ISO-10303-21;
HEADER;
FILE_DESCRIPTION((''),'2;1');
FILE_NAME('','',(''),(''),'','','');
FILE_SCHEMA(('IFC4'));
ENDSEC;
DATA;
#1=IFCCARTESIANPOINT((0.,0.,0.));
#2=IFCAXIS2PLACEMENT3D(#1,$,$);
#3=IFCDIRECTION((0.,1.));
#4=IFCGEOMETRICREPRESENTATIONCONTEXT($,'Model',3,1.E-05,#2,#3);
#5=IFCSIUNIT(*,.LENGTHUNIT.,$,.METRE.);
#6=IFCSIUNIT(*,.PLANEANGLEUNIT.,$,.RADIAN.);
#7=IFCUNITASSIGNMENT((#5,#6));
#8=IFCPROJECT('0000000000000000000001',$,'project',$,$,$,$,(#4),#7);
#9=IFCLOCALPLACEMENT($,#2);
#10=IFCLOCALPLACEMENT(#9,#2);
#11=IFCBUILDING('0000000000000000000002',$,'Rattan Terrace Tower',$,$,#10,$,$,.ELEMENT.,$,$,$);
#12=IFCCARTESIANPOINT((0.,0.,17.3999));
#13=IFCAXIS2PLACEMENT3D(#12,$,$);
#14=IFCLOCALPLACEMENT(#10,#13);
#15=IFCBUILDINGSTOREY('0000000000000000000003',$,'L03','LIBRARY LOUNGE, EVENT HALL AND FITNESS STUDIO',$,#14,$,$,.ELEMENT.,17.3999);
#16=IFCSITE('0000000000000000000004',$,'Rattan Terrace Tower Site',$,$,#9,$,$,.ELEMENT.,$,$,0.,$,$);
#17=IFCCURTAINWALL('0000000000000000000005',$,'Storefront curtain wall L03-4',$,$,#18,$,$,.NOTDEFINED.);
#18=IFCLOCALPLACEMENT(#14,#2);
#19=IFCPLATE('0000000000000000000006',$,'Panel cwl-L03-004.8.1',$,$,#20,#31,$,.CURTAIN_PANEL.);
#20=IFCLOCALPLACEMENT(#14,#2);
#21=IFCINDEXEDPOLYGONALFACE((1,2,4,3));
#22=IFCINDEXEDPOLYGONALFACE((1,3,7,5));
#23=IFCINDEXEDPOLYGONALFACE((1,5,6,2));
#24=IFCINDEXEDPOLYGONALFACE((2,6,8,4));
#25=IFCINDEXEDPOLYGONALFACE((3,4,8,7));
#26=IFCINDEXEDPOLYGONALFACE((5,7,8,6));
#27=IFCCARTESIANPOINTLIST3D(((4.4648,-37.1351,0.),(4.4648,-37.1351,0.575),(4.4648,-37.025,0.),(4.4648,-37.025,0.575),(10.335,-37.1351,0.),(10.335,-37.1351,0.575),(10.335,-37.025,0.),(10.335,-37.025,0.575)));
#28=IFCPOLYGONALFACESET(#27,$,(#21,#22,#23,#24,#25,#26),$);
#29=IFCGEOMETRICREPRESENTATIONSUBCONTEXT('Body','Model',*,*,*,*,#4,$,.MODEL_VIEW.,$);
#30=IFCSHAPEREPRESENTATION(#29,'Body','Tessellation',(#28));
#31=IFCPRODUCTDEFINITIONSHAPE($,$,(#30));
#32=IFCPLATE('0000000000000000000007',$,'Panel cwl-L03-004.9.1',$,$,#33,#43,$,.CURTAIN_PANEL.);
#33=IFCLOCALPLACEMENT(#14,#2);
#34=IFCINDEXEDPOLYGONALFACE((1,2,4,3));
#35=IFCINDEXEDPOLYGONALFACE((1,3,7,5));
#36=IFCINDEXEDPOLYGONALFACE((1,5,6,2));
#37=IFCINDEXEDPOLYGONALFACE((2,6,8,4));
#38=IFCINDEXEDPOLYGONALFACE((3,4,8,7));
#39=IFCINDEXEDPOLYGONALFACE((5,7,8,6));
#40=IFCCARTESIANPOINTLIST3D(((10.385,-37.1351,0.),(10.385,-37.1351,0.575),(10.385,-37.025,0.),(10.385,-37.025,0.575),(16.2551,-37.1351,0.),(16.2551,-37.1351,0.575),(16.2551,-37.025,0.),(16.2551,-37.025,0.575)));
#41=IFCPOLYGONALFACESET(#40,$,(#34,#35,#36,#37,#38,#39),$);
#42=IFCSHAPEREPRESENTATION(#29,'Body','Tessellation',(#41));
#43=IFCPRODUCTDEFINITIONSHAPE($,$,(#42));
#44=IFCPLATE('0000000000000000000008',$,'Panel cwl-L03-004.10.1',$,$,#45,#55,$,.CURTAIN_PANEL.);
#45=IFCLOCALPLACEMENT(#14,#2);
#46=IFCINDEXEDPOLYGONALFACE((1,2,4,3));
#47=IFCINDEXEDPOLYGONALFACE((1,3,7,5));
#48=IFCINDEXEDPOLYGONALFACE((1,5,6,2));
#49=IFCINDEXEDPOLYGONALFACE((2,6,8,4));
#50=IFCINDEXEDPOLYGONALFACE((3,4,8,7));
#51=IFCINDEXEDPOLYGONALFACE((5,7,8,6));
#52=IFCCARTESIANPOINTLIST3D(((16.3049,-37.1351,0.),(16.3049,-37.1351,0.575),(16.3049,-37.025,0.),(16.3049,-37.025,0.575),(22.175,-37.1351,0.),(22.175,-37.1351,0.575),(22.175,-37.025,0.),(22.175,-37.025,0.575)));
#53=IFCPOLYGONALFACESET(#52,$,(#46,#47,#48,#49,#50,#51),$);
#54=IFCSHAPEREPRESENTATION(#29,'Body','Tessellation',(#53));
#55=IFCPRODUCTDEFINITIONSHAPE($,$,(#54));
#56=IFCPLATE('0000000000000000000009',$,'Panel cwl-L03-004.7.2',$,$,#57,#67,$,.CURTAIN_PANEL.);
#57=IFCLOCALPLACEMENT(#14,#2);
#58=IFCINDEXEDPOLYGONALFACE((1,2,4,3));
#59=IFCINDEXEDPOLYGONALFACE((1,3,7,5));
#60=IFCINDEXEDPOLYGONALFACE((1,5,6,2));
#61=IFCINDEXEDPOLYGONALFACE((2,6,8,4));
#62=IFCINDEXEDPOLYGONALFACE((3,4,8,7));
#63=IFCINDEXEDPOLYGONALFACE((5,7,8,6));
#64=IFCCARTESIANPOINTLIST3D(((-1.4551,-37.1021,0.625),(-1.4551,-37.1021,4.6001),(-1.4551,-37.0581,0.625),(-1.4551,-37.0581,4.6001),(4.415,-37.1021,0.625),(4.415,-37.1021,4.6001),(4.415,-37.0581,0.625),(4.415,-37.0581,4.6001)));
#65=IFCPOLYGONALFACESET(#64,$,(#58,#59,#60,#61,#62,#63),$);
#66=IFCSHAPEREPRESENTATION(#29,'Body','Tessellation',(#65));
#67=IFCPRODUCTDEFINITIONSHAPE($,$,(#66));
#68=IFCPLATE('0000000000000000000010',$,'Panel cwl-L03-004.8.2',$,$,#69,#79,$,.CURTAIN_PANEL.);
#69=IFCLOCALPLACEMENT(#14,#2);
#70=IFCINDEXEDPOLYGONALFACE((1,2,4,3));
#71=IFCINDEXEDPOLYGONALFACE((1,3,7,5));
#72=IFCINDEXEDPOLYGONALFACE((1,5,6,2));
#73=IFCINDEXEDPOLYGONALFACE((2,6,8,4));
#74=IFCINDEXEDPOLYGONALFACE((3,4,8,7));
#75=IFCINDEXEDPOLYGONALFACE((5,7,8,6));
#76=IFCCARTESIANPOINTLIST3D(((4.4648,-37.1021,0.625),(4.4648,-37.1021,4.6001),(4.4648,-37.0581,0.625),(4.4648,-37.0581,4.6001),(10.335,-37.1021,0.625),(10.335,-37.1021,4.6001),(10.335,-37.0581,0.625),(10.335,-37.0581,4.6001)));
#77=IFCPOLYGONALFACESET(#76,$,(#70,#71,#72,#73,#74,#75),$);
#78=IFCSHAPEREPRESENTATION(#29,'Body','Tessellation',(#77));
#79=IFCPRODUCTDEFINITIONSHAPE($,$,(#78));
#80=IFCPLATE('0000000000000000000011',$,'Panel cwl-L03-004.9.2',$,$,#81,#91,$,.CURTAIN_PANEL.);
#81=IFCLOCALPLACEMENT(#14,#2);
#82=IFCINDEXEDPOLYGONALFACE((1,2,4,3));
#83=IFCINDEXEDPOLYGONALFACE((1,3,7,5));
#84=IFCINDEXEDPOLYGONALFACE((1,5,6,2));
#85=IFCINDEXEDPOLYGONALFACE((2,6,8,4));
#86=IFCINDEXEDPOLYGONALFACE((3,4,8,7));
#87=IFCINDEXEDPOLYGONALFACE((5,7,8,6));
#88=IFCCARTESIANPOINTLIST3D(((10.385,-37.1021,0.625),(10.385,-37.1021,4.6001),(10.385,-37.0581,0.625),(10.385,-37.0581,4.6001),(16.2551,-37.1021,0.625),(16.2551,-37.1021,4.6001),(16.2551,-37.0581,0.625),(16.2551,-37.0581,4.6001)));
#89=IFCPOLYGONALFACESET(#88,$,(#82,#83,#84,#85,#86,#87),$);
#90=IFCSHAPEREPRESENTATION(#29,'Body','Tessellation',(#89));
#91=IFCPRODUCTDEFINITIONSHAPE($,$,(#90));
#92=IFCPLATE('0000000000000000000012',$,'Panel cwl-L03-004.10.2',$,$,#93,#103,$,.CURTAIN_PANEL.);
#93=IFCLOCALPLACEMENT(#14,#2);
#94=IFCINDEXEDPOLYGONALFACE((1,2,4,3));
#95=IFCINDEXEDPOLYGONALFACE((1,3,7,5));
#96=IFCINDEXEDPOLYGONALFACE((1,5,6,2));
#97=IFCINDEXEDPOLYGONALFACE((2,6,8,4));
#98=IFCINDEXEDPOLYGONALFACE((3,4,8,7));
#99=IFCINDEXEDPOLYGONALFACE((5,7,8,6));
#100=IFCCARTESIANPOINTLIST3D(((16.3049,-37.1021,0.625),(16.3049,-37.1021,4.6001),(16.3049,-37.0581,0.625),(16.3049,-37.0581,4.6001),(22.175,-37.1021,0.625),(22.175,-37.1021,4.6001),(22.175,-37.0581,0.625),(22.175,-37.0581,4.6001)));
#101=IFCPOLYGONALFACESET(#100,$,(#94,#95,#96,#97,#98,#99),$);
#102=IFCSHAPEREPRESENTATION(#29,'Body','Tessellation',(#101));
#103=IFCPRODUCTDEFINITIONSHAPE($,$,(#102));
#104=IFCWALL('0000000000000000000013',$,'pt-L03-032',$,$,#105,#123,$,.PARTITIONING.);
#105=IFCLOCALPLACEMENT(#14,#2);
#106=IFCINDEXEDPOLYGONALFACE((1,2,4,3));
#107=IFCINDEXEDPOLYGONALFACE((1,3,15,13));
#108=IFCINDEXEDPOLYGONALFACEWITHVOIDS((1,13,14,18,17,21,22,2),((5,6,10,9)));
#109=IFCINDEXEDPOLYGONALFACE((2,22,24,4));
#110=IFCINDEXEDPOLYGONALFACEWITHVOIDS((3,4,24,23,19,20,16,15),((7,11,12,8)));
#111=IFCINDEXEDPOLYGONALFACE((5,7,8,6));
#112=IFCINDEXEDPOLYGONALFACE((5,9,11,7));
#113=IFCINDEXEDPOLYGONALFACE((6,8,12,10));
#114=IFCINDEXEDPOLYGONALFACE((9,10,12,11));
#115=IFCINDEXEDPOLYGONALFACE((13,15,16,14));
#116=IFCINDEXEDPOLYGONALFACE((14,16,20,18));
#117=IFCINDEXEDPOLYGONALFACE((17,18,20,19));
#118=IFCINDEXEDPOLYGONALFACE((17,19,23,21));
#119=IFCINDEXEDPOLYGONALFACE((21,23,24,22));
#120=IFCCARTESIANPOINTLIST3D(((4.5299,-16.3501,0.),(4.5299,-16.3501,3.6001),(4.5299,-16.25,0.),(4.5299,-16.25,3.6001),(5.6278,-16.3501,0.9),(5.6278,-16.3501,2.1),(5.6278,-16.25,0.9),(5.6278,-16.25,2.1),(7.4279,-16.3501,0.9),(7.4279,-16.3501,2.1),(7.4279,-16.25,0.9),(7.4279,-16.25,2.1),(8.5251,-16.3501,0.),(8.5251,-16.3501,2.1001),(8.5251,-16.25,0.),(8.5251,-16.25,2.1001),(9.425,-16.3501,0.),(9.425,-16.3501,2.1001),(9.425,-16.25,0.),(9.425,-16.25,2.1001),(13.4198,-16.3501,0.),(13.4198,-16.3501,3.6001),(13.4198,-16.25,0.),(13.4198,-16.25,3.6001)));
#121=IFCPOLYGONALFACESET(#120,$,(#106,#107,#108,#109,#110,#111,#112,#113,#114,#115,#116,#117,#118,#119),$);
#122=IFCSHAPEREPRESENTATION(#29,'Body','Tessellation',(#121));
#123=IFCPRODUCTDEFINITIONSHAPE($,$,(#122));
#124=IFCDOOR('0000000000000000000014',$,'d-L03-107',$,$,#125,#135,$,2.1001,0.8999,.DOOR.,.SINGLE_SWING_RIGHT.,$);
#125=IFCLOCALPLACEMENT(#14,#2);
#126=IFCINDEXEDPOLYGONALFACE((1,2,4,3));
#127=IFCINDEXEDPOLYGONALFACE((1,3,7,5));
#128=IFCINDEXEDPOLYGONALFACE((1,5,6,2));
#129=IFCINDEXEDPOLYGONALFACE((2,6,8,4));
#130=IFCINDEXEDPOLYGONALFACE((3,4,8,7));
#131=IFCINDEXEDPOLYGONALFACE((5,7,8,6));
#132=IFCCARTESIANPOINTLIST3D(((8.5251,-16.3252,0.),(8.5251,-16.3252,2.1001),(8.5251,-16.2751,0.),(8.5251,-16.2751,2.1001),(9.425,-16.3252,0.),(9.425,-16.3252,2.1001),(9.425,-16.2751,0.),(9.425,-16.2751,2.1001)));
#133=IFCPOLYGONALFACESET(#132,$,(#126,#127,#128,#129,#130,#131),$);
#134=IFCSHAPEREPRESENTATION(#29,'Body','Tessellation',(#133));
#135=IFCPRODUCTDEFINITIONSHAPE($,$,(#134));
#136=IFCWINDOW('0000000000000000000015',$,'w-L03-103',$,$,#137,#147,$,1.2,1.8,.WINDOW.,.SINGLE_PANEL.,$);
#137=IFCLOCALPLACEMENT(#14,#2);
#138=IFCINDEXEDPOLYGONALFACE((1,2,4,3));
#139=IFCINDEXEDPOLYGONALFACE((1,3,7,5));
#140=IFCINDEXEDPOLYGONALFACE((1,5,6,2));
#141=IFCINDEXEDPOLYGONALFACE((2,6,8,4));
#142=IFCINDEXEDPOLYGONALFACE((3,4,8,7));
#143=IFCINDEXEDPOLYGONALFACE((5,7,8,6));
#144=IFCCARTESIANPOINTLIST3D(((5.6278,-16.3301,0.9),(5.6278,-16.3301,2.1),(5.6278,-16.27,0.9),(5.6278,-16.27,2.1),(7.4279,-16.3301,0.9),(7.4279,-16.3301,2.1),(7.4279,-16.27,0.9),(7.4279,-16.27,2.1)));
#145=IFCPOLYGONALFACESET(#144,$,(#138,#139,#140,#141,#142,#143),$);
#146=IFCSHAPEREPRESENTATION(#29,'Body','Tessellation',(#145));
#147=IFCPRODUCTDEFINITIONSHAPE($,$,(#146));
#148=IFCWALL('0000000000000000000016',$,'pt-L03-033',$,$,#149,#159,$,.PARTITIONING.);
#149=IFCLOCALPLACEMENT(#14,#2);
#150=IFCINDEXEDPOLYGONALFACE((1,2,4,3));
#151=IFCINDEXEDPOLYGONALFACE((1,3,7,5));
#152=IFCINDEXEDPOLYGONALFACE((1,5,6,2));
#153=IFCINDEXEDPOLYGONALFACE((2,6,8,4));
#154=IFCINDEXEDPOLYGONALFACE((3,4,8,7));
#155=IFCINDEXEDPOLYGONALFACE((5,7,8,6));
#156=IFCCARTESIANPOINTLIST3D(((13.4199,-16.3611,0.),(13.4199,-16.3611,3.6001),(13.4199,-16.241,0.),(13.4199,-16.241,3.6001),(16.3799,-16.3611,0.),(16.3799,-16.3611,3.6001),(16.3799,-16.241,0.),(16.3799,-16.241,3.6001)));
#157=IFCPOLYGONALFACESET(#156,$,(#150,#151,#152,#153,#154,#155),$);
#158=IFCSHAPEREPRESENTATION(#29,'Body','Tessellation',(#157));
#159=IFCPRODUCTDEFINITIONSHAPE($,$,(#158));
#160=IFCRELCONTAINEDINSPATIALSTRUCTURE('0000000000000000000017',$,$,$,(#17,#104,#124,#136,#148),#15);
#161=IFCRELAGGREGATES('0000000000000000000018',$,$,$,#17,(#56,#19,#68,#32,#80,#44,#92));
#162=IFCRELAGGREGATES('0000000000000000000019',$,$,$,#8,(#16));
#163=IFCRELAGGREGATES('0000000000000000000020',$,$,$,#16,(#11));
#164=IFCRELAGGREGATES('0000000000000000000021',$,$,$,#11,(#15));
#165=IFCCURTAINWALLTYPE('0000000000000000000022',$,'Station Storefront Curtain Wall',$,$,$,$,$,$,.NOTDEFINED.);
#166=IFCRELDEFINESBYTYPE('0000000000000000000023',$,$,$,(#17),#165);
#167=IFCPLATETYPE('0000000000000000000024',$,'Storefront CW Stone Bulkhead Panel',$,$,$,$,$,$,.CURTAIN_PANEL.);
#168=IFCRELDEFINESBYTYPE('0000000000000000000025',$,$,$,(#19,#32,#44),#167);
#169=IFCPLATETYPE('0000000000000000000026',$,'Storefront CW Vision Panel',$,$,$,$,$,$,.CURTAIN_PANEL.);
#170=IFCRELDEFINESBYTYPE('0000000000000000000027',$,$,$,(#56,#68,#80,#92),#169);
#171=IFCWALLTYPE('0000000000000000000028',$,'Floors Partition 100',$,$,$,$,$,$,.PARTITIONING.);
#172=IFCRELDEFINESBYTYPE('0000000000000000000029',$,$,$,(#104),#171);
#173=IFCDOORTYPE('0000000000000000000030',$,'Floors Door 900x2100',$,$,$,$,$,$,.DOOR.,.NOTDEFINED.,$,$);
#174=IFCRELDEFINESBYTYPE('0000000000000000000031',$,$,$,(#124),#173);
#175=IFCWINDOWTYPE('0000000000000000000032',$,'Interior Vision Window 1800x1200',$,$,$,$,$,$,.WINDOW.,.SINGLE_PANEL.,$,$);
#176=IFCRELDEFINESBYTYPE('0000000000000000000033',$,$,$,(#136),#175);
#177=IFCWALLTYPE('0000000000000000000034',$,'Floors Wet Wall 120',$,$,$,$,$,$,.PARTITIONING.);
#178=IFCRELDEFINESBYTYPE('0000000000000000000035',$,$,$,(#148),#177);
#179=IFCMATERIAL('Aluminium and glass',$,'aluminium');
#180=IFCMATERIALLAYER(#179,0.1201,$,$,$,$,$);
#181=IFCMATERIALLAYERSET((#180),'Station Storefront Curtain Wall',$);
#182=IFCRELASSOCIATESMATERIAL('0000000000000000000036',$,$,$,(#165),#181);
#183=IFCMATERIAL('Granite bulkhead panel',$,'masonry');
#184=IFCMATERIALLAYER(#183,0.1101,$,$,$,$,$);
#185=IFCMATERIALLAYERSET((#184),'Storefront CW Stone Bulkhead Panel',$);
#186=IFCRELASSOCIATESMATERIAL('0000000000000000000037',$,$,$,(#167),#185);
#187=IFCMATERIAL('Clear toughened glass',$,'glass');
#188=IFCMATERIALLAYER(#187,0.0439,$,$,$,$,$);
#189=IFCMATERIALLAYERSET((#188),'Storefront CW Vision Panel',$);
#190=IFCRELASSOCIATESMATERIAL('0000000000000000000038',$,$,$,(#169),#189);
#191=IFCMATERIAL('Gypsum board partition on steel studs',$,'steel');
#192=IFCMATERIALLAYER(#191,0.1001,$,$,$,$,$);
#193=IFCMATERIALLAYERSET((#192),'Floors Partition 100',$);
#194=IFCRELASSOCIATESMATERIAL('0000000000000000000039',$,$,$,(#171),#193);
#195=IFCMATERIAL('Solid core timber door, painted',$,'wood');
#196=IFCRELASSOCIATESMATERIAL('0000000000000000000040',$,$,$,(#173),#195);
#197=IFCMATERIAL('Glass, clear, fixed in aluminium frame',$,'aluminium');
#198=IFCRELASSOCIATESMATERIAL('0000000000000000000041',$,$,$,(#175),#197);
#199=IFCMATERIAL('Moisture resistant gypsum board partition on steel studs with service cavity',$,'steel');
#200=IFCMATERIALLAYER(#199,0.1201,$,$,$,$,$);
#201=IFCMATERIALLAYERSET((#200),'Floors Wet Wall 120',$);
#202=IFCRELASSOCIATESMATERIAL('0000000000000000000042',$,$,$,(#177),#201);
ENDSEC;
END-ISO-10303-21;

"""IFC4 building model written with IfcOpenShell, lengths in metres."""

from ifc_helpers import new_model, si_unit, direction, frame, frame_2d, origin, origin_2d, place, context, subcontext, project, spatial, rectangle, extrude, material, layer, layer_set, type_object, element, fill, aggregate, save


model = new_model("IFC4")

# Units and contexts
model_context = context("Model", 3, precision=1e-05, world=origin(), true_north=direction((0.0, 1.0)))
body_context = subcontext(model_context, "Body", "Model", "MODEL_VIEW")
ifc_project = project(units=[si_unit("LENGTHUNIT", "METRE"), si_unit("PLANEANGLEUNIT", "RADIAN")], contexts=[model_context])

# Site, building, storey
site_placement = place(None, origin())
site = spatial("IfcSite", under=ifc_project, at=site_placement, Name="Rattan Terrace Tower Site", CompositionType="ELEMENT", RefElevation=0.0)
building_placement = place(site_placement, origin())
building = spatial("IfcBuilding", under=site, at=building_placement, Name="Rattan Terrace Tower", CompositionType="ELEMENT")
storey_placement = place(building_placement, frame((0.0, 0.0, 17.3999)))
storey = spatial("IfcBuildingStorey", under=building, at=storey_placement, Name="L03", Description="LIBRARY LOUNGE, EVENT HALL AND FITNESS STUDIO", CompositionType="ELEMENT", Elevation=17.3999)

# Curtain wall, plates
ifc_material_1 = material(Name="Aluminium and glass", Category="aluminium")
ifc_layer_1 = layer(ifc_material_1, 0.1201)
ifc_layer_set_1 = layer_set([ifc_layer_1], Name="Station Storefront Curtain Wall")
curtain_wall_type = type_object("IfcCurtainWallType", Name="Station Storefront Curtain Wall", PredefinedType="NOTDEFINED", material=ifc_layer_set_1)
curtain_wall_placement = place(storey_placement, origin())
curtain_wall = element("IfcCurtainWall", 1, at=curtain_wall_placement, inside=storey, type_object=curtain_wall_type, Name="Storefront curtain wall L03-4", PredefinedType="NOTDEFINED")
ifc_material_2 = material(Name="Granite bulkhead panel", Category="masonry")
ifc_layer_2 = layer(ifc_material_2, 0.1101)
ifc_layer_set_2 = layer_set([ifc_layer_2], Name="Storefront CW Stone Bulkhead Panel")
plate_type_1 = type_object("IfcPlateType", Name="Storefront CW Stone Bulkhead Panel", PredefinedType="CURTAIN_PANEL", material=ifc_layer_set_2)
plate_1_placement = place(storey_placement, frame((7.3999, -37.0801, 0.0), z_axis=(0.0, 0.0, 1.0), x_axis=(1.0, 0.0, 0.0)))
plate_1 = element("IfcPlate", 2, at=plate_1_placement, type_object=plate_type_1, Name="Panel cwl-L03-004.8.1", PredefinedType="CURTAIN_PANEL", context=body_context, shape_type="SweptSolid", body=[
    extrude(rectangle(XDim=5.8701, YDim=0.1101, at=origin_2d()), origin(), (0.0, 0.0, 1.0), 0.575),
])
plate_2_placement = place(storey_placement, frame((13.3201, -37.0801, 0.0), z_axis=(0.0, 0.0, 1.0), x_axis=(1.0, 0.0, 0.0)))
plate_2 = element("IfcPlate", 3, at=plate_2_placement, type_object=plate_type_1, Name="Panel cwl-L03-004.9.1", PredefinedType="CURTAIN_PANEL", context=body_context, shape_type="SweptSolid", body=[
    extrude(rectangle(XDim=5.8701, YDim=0.1101, at=origin_2d()), origin(), (0.0, 0.0, 1.0), 0.575),
])
plate_3_placement = place(storey_placement, frame((19.24, -37.0801, 0.0), z_axis=(0.0, 0.0, 1.0), x_axis=(1.0, 0.0, 0.0)))
plate_3 = element("IfcPlate", 4, at=plate_3_placement, type_object=plate_type_1, Name="Panel cwl-L03-004.10.1", PredefinedType="CURTAIN_PANEL", context=body_context, shape_type="SweptSolid", body=[
    extrude(rectangle(XDim=5.8701, YDim=0.1101, at=origin_2d()), origin(), (0.0, 0.0, 1.0), 0.575),
])
ifc_material_3 = material(Name="Clear toughened glass", Category="glass")
ifc_layer_3 = layer(ifc_material_3, 0.0439)
ifc_layer_set_3 = layer_set([ifc_layer_3], Name="Storefront CW Vision Panel")
plate_type_2 = type_object("IfcPlateType", Name="Storefront CW Vision Panel", PredefinedType="CURTAIN_PANEL", material=ifc_layer_set_3)
plate_4_placement = place(storey_placement, frame((1.48, -37.0801, 0.625), z_axis=(0.0, 0.0, 1.0), x_axis=(1.0, 0.0, 0.0)))
plate_4 = element("IfcPlate", 5, at=plate_4_placement, type_object=plate_type_2, Name="Panel cwl-L03-004.7.2", PredefinedType="CURTAIN_PANEL", context=body_context, shape_type="SweptSolid", body=[
    extrude(rectangle(XDim=5.8701, YDim=0.0439, at=origin_2d()), origin(), (0.0, 0.0, 1.0), 3.9751),
])
plate_5_placement = place(storey_placement, frame((7.3999, -37.0801, 0.625), z_axis=(0.0, 0.0, 1.0), x_axis=(1.0, 0.0, 0.0)))
plate_5 = element("IfcPlate", 6, at=plate_5_placement, type_object=plate_type_2, Name="Panel cwl-L03-004.8.2", PredefinedType="CURTAIN_PANEL", context=body_context, shape_type="SweptSolid", body=[
    extrude(rectangle(XDim=5.8701, YDim=0.0439, at=origin_2d()), origin(), (0.0, 0.0, 1.0), 3.9751),
])
plate_6_placement = place(storey_placement, frame((13.3201, -37.0801, 0.625), z_axis=(0.0, 0.0, 1.0), x_axis=(1.0, 0.0, 0.0)))
plate_6 = element("IfcPlate", 7, at=plate_6_placement, type_object=plate_type_2, Name="Panel cwl-L03-004.9.2", PredefinedType="CURTAIN_PANEL", context=body_context, shape_type="SweptSolid", body=[
    extrude(rectangle(XDim=5.8701, YDim=0.0439, at=origin_2d()), origin(), (0.0, 0.0, 1.0), 3.9751),
])
plate_7_placement = place(storey_placement, frame((19.24, -37.0801, 0.625), z_axis=(0.0, 0.0, 1.0), x_axis=(1.0, 0.0, 0.0)))
plate_7 = element("IfcPlate", 8, at=plate_7_placement, type_object=plate_type_2, Name="Panel cwl-L03-004.10.2", PredefinedType="CURTAIN_PANEL", context=body_context, shape_type="SweptSolid", body=[
    extrude(rectangle(XDim=5.8701, YDim=0.0439, at=origin_2d()), origin(), (0.0, 0.0, 1.0), 3.9751),
])
aggregate(curtain_wall, [plate_4, plate_1, plate_5, plate_2, plate_6, plate_3, plate_7])

# Wall, openings, door, window
ifc_material_4 = material(Name="Gypsum board partition on steel studs", Category="steel")
ifc_layer_4 = layer(ifc_material_4, 0.1001)
ifc_layer_set_4 = layer_set([ifc_layer_4], Name="Floors Partition 100")
wall_type_1 = type_object("IfcWallType", Name="Floors Partition 100", PredefinedType="PARTITIONING", material=ifc_layer_set_4)
wall_1_placement = place(storey_placement, frame((4.53, -16.3, 0.0), z_axis=(0.0, 0.0, 1.0), x_axis=(1.0, 0.0, 0.0)))
wall_1 = element("IfcWall", 9, at=wall_1_placement, inside=storey, type_object=wall_type_1, Name="pt-L03-032", PredefinedType="PARTITIONING", context=body_context, shape_type="SweptSolid", body=[
    extrude(rectangle(XDim=8.8899, YDim=0.1001, at=frame_2d((4.4448, 0.0))), origin(), (0.0, 0.0, 1.0), 3.6001),
])
opening_1_placement = place(wall_1_placement, frame((3.9951, 0.0, 0.0)))
opening_1 = element("IfcOpeningElement", 10, at=opening_1_placement, cuts=wall_1, PredefinedType="OPENING", context=body_context, shape_type="SweptSolid", body=[
    extrude(rectangle(XDim=0.8999, YDim=2.1001, at=frame_2d((0.45, 1.05))), frame((0.0, 0.0605, 0.0), z_axis=(0.0, -1.0, 0.0), x_axis=(1.0, 0.0, 0.0)), (0.0, 0.0, 1.0), 0.1211),
])
opening_2_placement = place(wall_1_placement, frame((1.0979, 0.0, 0.8999)))
opening_2 = element("IfcOpeningElement", 11, at=opening_2_placement, cuts=wall_1, PredefinedType="OPENING", context=body_context, shape_type="SweptSolid", body=[
    extrude(rectangle(XDim=1.8, YDim=1.2, at=frame_2d((0.8999, 0.6001))), frame((0.0, 0.0605, 0.0), z_axis=(0.0, -1.0, 0.0), x_axis=(1.0, 0.0, 0.0)), (0.0, 0.0, 1.0), 0.1211),
])
ifc_material_5 = material(Name="Solid core timber door, painted", Category="wood")
door_type = type_object("IfcDoorType", Name="Floors Door 900x2100", OperationType="NOTDEFINED", PredefinedType="DOOR", material=ifc_material_5)
door_placement = place(opening_1_placement, origin())
door = element("IfcDoor", 12, at=door_placement, inside=storey, type_object=door_type, Name="d-L03-107", OperationType="SINGLE_SWING_RIGHT", OverallHeight=2.1001, OverallWidth=0.8999, PredefinedType="DOOR", context=body_context, shape_type="SweptSolid", body=[
    extrude(rectangle(XDim=0.8999, YDim=2.1001, at=frame_2d((0.45, 1.05))), frame((0.0, 0.0249, 0.0), z_axis=(0.0, -1.0, 0.0), x_axis=(1.0, 0.0, 0.0)), (0.0, 0.0, 1.0), 0.05),
])
fill(opening_1, door)
ifc_material_6 = material(Name="Glass, clear, fixed in aluminium frame", Category="aluminium")
window_type = type_object("IfcWindowType", Name="Interior Vision Window 1800x1200", PartitioningType="SINGLE_PANEL", PredefinedType="WINDOW", material=ifc_material_6)
window_placement = place(opening_2_placement, origin())
window = element("IfcWindow", 13, at=window_placement, inside=storey, type_object=window_type, Name="w-L03-103", OverallHeight=1.2, OverallWidth=1.8, PartitioningType="SINGLE_PANEL", PredefinedType="WINDOW", context=body_context, shape_type="SweptSolid", body=[
    extrude(rectangle(XDim=1.8, YDim=1.2, at=frame_2d((0.8999, 0.6001))), frame((0.0, 0.03, 0.0), z_axis=(0.0, -1.0, 0.0), x_axis=(1.0, 0.0, 0.0)), (0.0, 0.0, 1.0), 0.0601),
])
fill(opening_2, window)

# Wall
ifc_material_7 = material(Name="Moisture resistant gypsum board partition on steel studs with service cavity", Category="steel")
ifc_layer_5 = layer(ifc_material_7, 0.1201)
ifc_layer_set_5 = layer_set([ifc_layer_5], Name="Floors Wet Wall 120")
wall_type_2 = type_object("IfcWallType", Name="Floors Wet Wall 120", PredefinedType="PARTITIONING", material=ifc_layer_set_5)
wall_2_placement = place(storey_placement, frame((13.4199, -16.301, 0.0), z_axis=(0.0, 0.0, 1.0), x_axis=(1.0, 0.0, 0.0)))
element("IfcWall", 14, at=wall_2_placement, inside=storey, type_object=wall_type_2, Name="pt-L03-033", PredefinedType="PARTITIONING", context=body_context, shape_type="SweptSolid", body=[
    extrude(rectangle(XDim=2.96, YDim=0.1201, at=frame_2d((1.48, 0.0))), origin(), (0.0, 0.0, 1.0), 3.6001),
])

save(model, "model.ifc")
